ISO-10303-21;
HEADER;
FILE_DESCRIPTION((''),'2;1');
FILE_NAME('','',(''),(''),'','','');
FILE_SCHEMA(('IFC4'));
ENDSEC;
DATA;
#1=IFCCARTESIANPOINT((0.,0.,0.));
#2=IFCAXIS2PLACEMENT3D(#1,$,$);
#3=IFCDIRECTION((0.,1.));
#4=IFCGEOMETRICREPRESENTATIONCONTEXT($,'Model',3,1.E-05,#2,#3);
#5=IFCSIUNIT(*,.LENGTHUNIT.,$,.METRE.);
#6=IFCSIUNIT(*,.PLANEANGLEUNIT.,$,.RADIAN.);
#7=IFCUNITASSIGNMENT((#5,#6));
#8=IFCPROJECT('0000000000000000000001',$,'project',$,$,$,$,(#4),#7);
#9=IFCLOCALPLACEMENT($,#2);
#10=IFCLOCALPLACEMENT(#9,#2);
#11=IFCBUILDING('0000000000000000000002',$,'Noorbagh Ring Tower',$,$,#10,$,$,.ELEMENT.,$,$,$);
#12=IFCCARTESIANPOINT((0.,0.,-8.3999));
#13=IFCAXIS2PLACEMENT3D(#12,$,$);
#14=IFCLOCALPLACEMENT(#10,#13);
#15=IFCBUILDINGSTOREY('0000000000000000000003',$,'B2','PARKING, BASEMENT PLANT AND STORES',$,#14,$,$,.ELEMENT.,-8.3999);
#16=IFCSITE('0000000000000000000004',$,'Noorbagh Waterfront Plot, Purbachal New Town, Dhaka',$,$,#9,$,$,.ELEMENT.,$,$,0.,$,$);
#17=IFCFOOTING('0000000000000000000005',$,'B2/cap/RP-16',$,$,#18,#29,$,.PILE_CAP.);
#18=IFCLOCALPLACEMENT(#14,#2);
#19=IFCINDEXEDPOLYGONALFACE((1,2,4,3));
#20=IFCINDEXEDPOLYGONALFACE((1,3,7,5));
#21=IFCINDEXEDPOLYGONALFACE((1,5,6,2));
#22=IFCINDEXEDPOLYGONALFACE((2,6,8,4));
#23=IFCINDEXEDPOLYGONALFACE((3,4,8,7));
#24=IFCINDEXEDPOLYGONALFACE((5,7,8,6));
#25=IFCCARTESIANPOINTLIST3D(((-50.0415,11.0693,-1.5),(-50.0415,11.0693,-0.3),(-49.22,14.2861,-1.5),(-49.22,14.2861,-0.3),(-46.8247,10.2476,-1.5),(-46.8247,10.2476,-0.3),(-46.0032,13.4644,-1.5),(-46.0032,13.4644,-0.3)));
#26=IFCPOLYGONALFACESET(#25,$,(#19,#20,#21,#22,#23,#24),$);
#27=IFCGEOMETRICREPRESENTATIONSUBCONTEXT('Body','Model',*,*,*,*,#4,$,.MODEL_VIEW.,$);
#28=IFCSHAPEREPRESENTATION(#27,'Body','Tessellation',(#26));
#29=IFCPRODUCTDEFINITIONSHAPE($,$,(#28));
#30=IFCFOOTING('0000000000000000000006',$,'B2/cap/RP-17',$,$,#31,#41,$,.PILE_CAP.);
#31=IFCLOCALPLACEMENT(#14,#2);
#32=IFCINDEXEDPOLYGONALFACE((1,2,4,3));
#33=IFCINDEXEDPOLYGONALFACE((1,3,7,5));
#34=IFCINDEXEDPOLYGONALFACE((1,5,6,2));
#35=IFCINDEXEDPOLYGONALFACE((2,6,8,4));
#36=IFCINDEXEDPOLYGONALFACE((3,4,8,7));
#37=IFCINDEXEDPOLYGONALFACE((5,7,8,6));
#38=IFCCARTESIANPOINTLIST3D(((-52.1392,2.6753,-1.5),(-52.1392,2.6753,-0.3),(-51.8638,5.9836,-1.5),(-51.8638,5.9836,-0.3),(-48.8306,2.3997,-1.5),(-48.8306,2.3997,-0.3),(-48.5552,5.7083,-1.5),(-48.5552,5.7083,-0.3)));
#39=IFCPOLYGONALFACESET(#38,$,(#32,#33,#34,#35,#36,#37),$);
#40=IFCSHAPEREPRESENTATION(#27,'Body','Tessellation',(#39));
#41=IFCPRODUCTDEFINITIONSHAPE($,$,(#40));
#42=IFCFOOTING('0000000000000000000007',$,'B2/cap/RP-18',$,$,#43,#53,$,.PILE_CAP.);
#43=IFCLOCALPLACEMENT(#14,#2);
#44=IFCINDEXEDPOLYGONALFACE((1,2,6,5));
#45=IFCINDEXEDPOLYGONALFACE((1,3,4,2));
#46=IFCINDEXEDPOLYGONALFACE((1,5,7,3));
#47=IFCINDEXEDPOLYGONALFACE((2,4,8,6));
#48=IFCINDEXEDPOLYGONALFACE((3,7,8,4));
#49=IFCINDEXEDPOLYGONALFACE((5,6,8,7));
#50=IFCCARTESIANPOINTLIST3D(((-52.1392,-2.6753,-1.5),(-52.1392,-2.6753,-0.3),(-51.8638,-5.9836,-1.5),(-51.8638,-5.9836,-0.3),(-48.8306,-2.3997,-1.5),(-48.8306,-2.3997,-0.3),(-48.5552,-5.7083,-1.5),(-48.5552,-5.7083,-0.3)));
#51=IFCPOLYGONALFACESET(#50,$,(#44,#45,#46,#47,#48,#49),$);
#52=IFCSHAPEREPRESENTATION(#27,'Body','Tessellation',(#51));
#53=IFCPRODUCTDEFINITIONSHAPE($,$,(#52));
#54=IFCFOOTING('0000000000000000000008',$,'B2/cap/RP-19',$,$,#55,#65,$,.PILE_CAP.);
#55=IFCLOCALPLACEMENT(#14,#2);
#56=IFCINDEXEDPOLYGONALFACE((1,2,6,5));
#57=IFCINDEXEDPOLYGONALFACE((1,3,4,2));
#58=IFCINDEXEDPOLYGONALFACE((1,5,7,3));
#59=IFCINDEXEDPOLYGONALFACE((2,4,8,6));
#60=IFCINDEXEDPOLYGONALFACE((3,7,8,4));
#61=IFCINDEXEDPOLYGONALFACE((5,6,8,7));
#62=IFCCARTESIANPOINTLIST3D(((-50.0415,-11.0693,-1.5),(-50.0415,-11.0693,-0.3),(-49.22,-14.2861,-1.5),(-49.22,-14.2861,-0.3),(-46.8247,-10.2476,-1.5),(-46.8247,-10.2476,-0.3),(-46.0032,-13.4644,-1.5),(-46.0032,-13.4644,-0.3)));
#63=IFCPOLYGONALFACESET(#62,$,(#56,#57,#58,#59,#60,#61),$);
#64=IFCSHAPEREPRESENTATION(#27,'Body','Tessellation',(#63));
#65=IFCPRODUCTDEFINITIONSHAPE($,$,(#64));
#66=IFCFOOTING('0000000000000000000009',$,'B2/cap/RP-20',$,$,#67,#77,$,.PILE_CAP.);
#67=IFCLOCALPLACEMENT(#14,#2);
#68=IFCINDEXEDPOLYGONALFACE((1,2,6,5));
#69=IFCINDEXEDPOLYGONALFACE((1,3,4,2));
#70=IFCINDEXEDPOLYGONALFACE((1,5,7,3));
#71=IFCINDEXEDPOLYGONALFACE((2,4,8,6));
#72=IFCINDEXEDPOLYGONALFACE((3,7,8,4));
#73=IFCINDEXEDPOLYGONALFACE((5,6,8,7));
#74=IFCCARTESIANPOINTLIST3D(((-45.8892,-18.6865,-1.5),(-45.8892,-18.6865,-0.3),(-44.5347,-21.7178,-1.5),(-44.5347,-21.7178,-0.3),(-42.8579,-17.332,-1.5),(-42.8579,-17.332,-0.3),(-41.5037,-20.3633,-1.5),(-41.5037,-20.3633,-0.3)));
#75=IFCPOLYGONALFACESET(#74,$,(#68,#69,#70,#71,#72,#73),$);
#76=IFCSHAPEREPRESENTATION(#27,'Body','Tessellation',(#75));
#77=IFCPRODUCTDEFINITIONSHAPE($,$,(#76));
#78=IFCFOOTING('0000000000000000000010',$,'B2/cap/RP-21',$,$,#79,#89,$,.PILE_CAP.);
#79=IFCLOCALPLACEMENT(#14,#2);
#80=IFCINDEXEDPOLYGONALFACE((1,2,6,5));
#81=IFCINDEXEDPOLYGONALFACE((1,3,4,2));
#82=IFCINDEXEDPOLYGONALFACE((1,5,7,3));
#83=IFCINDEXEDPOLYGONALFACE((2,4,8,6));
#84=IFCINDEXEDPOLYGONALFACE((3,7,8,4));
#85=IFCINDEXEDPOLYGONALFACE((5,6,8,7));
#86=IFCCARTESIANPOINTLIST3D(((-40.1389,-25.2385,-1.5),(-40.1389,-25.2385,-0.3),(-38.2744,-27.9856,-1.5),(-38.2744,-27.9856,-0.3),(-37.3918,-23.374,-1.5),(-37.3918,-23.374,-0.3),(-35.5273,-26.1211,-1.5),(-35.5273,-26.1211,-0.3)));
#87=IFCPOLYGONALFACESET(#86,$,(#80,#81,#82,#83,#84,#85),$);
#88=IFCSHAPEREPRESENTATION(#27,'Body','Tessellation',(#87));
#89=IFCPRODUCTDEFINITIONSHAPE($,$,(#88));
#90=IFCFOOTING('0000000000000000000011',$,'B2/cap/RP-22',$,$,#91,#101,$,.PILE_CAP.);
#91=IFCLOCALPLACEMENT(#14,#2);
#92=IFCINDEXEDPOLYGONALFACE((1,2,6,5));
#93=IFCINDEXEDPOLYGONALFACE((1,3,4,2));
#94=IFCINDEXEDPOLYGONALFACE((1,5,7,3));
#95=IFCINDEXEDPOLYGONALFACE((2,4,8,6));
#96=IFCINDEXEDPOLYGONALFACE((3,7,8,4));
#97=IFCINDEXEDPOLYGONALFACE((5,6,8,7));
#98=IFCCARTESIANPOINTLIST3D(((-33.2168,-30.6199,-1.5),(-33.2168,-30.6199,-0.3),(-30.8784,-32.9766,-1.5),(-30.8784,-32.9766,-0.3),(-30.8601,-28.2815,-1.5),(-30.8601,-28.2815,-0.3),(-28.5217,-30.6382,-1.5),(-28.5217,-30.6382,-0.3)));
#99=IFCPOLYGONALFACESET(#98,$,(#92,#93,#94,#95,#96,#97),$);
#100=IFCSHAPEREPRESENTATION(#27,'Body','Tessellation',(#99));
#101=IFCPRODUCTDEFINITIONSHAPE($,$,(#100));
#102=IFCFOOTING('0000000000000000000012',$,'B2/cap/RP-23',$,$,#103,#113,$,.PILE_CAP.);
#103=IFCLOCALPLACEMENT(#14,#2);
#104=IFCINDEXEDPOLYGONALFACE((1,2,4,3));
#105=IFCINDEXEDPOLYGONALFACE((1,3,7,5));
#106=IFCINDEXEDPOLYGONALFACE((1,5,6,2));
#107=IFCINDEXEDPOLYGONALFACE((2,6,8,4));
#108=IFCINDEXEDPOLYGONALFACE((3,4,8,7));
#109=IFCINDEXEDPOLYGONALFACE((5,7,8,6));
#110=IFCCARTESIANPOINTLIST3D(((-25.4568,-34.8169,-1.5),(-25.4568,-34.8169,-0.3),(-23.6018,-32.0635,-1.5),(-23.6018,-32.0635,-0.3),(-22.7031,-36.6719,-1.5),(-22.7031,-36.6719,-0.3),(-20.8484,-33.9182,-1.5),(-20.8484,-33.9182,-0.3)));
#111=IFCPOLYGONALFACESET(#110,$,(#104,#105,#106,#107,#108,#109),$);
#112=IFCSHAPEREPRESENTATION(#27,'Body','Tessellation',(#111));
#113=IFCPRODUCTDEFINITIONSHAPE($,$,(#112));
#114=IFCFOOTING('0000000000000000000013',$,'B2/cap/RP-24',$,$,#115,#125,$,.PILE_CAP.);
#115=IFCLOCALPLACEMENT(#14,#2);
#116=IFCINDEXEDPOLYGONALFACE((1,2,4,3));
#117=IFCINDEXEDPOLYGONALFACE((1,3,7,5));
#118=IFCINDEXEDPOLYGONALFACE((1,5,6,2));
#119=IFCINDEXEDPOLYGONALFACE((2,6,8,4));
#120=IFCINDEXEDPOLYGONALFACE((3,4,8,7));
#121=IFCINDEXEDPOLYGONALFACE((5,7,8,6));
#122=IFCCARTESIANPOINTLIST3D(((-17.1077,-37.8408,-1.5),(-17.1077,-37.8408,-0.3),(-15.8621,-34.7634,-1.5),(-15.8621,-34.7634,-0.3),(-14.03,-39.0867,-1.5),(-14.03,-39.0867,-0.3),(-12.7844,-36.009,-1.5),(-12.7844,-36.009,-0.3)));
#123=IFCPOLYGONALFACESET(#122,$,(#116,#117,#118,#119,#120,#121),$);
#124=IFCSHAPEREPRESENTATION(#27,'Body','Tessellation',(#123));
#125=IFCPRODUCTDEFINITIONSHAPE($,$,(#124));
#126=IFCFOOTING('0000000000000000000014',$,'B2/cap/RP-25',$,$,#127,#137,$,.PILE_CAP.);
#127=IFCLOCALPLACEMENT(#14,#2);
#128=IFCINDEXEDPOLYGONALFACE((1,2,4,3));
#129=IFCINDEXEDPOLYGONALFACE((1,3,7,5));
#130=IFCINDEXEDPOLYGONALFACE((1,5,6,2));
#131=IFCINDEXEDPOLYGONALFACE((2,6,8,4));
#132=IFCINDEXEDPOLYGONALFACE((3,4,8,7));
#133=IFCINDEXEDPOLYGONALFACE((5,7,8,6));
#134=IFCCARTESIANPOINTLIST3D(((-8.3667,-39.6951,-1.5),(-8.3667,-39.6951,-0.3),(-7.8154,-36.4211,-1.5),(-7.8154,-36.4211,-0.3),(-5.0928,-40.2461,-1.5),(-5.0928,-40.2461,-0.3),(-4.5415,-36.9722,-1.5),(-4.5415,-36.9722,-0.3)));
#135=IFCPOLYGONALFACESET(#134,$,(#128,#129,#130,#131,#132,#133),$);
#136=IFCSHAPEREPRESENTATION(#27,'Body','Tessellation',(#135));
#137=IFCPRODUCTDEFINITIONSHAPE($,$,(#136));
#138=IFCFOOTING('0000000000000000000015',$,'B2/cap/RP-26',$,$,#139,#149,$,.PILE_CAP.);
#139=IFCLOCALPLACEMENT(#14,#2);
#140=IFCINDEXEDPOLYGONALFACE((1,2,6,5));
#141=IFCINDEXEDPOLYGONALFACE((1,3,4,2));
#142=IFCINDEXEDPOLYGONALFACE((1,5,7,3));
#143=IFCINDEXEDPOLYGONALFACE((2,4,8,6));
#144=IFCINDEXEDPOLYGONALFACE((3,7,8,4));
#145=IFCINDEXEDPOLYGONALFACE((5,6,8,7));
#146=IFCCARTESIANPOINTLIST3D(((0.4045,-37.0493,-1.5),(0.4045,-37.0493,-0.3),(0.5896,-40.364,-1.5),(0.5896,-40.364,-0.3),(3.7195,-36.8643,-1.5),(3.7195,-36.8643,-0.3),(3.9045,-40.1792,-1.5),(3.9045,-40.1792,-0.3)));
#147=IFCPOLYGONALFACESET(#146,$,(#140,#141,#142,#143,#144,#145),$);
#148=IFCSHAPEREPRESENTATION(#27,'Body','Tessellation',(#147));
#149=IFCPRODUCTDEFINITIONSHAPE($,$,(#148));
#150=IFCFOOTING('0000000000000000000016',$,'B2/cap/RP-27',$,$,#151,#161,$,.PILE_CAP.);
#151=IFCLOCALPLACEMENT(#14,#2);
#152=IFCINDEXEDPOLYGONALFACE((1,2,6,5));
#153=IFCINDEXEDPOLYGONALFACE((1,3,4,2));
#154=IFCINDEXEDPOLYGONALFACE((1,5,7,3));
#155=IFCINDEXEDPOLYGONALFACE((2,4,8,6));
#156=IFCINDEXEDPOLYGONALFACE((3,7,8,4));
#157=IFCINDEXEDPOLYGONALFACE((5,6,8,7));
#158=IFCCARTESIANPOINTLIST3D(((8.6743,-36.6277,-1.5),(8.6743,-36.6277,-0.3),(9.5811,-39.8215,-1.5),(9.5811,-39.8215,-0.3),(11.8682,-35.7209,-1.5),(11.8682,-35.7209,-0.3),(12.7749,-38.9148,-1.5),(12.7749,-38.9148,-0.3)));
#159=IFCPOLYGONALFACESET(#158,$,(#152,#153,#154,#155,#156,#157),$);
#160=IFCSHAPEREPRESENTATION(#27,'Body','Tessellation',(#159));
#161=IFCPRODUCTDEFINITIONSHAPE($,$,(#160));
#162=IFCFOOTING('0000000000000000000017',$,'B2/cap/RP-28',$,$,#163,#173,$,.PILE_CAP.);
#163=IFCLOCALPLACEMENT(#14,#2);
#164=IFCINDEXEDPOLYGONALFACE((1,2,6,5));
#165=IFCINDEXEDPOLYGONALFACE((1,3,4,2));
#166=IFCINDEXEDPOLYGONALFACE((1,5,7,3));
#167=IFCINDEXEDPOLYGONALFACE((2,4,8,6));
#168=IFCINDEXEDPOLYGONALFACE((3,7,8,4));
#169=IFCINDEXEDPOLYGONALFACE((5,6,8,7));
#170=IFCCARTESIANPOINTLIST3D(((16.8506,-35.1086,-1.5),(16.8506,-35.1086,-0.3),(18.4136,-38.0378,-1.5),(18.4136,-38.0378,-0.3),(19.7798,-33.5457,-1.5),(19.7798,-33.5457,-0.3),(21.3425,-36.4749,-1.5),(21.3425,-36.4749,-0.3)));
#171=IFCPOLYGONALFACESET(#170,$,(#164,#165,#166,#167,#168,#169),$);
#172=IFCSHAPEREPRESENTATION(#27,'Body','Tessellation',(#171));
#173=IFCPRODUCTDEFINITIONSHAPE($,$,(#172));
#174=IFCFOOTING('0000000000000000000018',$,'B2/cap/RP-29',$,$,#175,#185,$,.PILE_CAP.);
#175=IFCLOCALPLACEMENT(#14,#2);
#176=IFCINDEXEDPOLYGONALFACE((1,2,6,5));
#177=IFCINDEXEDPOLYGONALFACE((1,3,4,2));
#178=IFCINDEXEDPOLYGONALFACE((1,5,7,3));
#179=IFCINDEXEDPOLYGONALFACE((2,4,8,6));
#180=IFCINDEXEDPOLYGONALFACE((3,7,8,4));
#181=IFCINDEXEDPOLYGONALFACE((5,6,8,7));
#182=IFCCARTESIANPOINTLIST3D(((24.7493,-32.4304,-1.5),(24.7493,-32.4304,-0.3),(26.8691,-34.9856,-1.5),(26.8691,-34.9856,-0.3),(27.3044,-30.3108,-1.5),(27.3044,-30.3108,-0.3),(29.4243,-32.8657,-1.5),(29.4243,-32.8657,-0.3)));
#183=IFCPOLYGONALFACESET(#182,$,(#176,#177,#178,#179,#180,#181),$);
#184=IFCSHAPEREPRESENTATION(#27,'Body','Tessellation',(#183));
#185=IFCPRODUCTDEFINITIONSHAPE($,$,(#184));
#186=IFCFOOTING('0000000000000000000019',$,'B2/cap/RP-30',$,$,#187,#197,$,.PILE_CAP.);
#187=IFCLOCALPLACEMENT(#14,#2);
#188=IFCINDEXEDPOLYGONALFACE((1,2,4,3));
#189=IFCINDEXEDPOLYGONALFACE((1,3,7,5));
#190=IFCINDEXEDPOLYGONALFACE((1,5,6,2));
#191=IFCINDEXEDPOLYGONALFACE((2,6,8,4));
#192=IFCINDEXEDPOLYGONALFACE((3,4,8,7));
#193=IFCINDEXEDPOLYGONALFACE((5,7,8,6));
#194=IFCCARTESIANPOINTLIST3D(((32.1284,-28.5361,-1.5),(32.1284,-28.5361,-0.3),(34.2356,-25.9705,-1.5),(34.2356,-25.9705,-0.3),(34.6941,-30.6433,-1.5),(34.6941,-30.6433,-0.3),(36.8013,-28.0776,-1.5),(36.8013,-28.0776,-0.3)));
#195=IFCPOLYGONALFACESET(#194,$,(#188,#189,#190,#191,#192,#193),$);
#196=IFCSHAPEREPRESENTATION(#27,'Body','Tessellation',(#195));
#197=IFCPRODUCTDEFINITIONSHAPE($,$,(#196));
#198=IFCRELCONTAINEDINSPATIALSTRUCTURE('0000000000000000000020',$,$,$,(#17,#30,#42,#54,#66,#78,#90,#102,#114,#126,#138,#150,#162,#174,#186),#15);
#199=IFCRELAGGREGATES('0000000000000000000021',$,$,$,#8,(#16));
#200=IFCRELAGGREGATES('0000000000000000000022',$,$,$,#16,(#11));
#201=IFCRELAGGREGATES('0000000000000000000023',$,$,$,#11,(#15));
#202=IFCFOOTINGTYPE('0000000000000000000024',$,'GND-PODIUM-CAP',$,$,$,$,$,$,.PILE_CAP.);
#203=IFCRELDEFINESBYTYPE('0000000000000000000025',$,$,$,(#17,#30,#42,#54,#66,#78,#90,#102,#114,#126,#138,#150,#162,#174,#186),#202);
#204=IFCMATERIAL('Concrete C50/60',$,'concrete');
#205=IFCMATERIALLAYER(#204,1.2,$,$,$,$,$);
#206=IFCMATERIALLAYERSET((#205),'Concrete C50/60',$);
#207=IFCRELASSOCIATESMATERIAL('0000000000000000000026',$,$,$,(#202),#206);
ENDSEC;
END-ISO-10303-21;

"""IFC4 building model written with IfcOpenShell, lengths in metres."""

from ifc_helpers import new_model, si_unit, direction, frame, origin, place, context, subcontext, project, spatial, polyline, outline, extrude, material, layer, layer_set, type_object, element, save


model = new_model("IFC4")

# Units and contexts
model_context = context("Model", 3, precision=1e-05, world=origin(), true_north=direction((0.0, 1.0)))
body_context = subcontext(model_context, "Body", "Model", "MODEL_VIEW")
ifc_project = project(units=[si_unit("LENGTHUNIT", "METRE"), si_unit("PLANEANGLEUNIT", "RADIAN")], contexts=[model_context])

# Site, building, storey
site_placement = place(None, origin())
site = spatial("IfcSite", under=ifc_project, at=site_placement, Name="Noorbagh Waterfront Plot, Purbachal New Town, Dhaka", CompositionType="ELEMENT", RefElevation=0.0)
building_placement = place(site_placement, origin())
building = spatial("IfcBuilding", under=site, at=building_placement, Name="Noorbagh Ring Tower", CompositionType="ELEMENT")
storey_placement = place(building_placement, frame((0.0, 0.0, -8.3999)))
storey = spatial("IfcBuildingStorey", under=building, at=storey_placement, Name="B2", Description="PARKING, BASEMENT PLANT AND STORES", CompositionType="ELEMENT", Elevation=-8.3999)

# Footings
ifc_material = material(Name="Concrete C50/60", Category="concrete")
ifc_layer = layer(ifc_material, 1.2)
ifc_layer_set = layer_set([ifc_layer], Name="Concrete C50/60")
footing_type = type_object("IfcFootingType", Name="GND-PODIUM-CAP", PredefinedType="PILE_CAP", material=ifc_layer_set)
footing_1_placement = place(storey_placement, frame((0.0, 0.0, -1.5)))
element("IfcFooting", 1, at=footing_1_placement, inside=storey, type_object=footing_type, Name="B2/cap/RP-16", PredefinedType="PILE_CAP", context=body_context, shape_type="SweptSolid", body=[
    extrude(outline(polyline([(-46.0032, 13.4644), (-49.22, 14.2861), (-50.0415, 11.0693), (-46.8247, 10.2476), (-46.0032, 13.4644)])), origin(), (0.0, 0.0, 1.0), 1.2),
])
footing_2_placement = place(storey_placement, frame((0.0, 0.0, -1.5)))
element("IfcFooting", 2, at=footing_2_placement, inside=storey, type_object=footing_type, Name="B2/cap/RP-17", PredefinedType="PILE_CAP", context=body_context, shape_type="SweptSolid", body=[
    extrude(outline(polyline([(-48.5552, 5.7083), (-51.8638, 5.9836), (-52.1392, 2.6753), (-48.8306, 2.3997), (-48.5552, 5.7083)])), origin(), (0.0, 0.0, 1.0), 1.2),
])
footing_3_placement = place(storey_placement, frame((0.0, 0.0, -1.5)))
element("IfcFooting", 3, at=footing_3_placement, inside=storey, type_object=footing_type, Name="B2/cap/RP-18", PredefinedType="PILE_CAP", context=body_context, shape_type="SweptSolid", body=[
    extrude(outline(polyline([(-48.8306, -2.3997), (-52.1392, -2.6753), (-51.8638, -5.9836), (-48.5552, -5.7083), (-48.8306, -2.3997)])), origin(), (0.0, 0.0, 1.0), 1.2),
])
footing_4_placement = place(storey_placement, frame((0.0, 0.0, -1.5)))
element("IfcFooting", 4, at=footing_4_placement, inside=storey, type_object=footing_type, Name="B2/cap/RP-19", PredefinedType="PILE_CAP", context=body_context, shape_type="SweptSolid", body=[
    extrude(outline(polyline([(-46.8247, -10.2476), (-50.0415, -11.0693), (-49.22, -14.2861), (-46.0032, -13.4644), (-46.8247, -10.2476)])), origin(), (0.0, 0.0, 1.0), 1.2),
])
footing_5_placement = place(storey_placement, frame((0.0, 0.0, -1.5)))
element("IfcFooting", 5, at=footing_5_placement, inside=storey, type_object=footing_type, Name="B2/cap/RP-20", PredefinedType="PILE_CAP", context=body_context, shape_type="SweptSolid", body=[
    extrude(outline(polyline([(-42.8579, -17.332), (-45.8892, -18.6865), (-44.5347, -21.7178), (-41.5037, -20.3633), (-42.8579, -17.332)])), origin(), (0.0, 0.0, 1.0), 1.2),
])
footing_6_placement = place(storey_placement, frame((0.0, 0.0, -1.5)))
element("IfcFooting", 6, at=footing_6_placement, inside=storey, type_object=footing_type, Name="B2/cap/RP-21", PredefinedType="PILE_CAP", context=body_context, shape_type="SweptSolid", body=[
    extrude(outline(polyline([(-37.3918, -23.374), (-40.1389, -25.2385), (-38.2744, -27.9856), (-35.5273, -26.1211), (-37.3918, -23.374)])), origin(), (0.0, 0.0, 1.0), 1.2),
])
footing_7_placement = place(storey_placement, frame((0.0, 0.0, -1.5)))
element("IfcFooting", 7, at=footing_7_placement, inside=storey, type_object=footing_type, Name="B2/cap/RP-22", PredefinedType="PILE_CAP", context=body_context, shape_type="SweptSolid", body=[
    extrude(outline(polyline([(-30.8601, -28.2815), (-33.2168, -30.6199), (-30.8784, -32.9766), (-28.5217, -30.6382), (-30.8601, -28.2815)])), origin(), (0.0, 0.0, 1.0), 1.2),
])
footing_8_placement = place(storey_placement, frame((0.0, 0.0, -1.5)))
element("IfcFooting", 8, at=footing_8_placement, inside=storey, type_object=footing_type, Name="B2/cap/RP-23", PredefinedType="PILE_CAP", context=body_context, shape_type="SweptSolid", body=[
    extrude(outline(polyline([(-23.6018, -32.0635), (-25.4568, -34.8169), (-22.7031, -36.6719), (-20.8484, -33.9182), (-23.6018, -32.0635)])), origin(), (0.0, 0.0, 1.0), 1.2),
])
footing_9_placement = place(storey_placement, frame((0.0, 0.0, -1.5)))
element("IfcFooting", 9, at=footing_9_placement, inside=storey, type_object=footing_type, Name="B2/cap/RP-24", PredefinedType="PILE_CAP", context=body_context, shape_type="SweptSolid", body=[
    extrude(outline(polyline([(-15.8621, -34.7634), (-17.1077, -37.8408), (-14.03, -39.0867), (-12.7844, -36.009), (-15.8621, -34.7634)])), origin(), (0.0, 0.0, 1.0), 1.2),
])
footing_10_placement = place(storey_placement, frame((0.0, 0.0, -1.5)))
element("IfcFooting", 10, at=footing_10_placement, inside=storey, type_object=footing_type, Name="B2/cap/RP-25", PredefinedType="PILE_CAP", context=body_context, shape_type="SweptSolid", body=[
    extrude(outline(polyline([(-7.8154, -36.4211), (-8.3667, -39.6951), (-5.0928, -40.2461), (-4.5415, -36.9722), (-7.8154, -36.4211)])), origin(), (0.0, 0.0, 1.0), 1.2),
])
footing_11_placement = place(storey_placement, frame((0.0, 0.0, -1.5)))
element("IfcFooting", 11, at=footing_11_placement, inside=storey, type_object=footing_type, Name="B2/cap/RP-26", PredefinedType="PILE_CAP", context=body_context, shape_type="SweptSolid", body=[
    extrude(outline(polyline([(0.4045, -37.0493), (0.5896, -40.364), (3.9045, -40.1792), (3.7195, -36.8643), (0.4045, -37.0493)])), origin(), (0.0, 0.0, 1.0), 1.2),
])
footing_12_placement = place(storey_placement, frame((0.0, 0.0, -1.5)))
element("IfcFooting", 12, at=footing_12_placement, inside=storey, type_object=footing_type, Name="B2/cap/RP-27", PredefinedType="PILE_CAP", context=body_context, shape_type="SweptSolid", body=[
    extrude(outline(polyline([(8.6743, -36.6277), (9.5811, -39.8215), (12.7749, -38.9148), (11.8682, -35.7209), (8.6743, -36.6277)])), origin(), (0.0, 0.0, 1.0), 1.2),
])
footing_13_placement = place(storey_placement, frame((0.0, 0.0, -1.5)))
element("IfcFooting", 13, at=footing_13_placement, inside=storey, type_object=footing_type, Name="B2/cap/RP-28", PredefinedType="PILE_CAP", context=body_context, shape_type="SweptSolid", body=[
    extrude(outline(polyline([(16.8506, -35.1086), (18.4136, -38.0378), (21.3425, -36.4749), (19.7798, -33.5457), (16.8506, -35.1086)])), origin(), (0.0, 0.0, 1.0), 1.2),
])
footing_14_placement = place(storey_placement, frame((0.0, 0.0, -1.5)))
element("IfcFooting", 14, at=footing_14_placement, inside=storey, type_object=footing_type, Name="B2/cap/RP-29", PredefinedType="PILE_CAP", context=body_context, shape_type="SweptSolid", body=[
    extrude(outline(polyline([(24.7493, -32.4304), (26.8691, -34.9856), (29.4243, -32.8657), (27.3044, -30.3108), (24.7493, -32.4304)])), origin(), (0.0, 0.0, 1.0), 1.2),
])
footing_15_placement = place(storey_placement, frame((0.0, 0.0, -1.5)))
element("IfcFooting", 15, at=footing_15_placement, inside=storey, type_object=footing_type, Name="B2/cap/RP-30", PredefinedType="PILE_CAP", context=body_context, shape_type="SweptSolid", body=[
    extrude(outline(polyline([(32.1284, -28.5361), (34.6941, -30.6433), (36.8013, -28.0776), (34.2356, -25.9705), (32.1284, -28.5361)])), origin(), (0.0, 0.0, 1.0), 1.2),
])

save(model, "model.ifc")
